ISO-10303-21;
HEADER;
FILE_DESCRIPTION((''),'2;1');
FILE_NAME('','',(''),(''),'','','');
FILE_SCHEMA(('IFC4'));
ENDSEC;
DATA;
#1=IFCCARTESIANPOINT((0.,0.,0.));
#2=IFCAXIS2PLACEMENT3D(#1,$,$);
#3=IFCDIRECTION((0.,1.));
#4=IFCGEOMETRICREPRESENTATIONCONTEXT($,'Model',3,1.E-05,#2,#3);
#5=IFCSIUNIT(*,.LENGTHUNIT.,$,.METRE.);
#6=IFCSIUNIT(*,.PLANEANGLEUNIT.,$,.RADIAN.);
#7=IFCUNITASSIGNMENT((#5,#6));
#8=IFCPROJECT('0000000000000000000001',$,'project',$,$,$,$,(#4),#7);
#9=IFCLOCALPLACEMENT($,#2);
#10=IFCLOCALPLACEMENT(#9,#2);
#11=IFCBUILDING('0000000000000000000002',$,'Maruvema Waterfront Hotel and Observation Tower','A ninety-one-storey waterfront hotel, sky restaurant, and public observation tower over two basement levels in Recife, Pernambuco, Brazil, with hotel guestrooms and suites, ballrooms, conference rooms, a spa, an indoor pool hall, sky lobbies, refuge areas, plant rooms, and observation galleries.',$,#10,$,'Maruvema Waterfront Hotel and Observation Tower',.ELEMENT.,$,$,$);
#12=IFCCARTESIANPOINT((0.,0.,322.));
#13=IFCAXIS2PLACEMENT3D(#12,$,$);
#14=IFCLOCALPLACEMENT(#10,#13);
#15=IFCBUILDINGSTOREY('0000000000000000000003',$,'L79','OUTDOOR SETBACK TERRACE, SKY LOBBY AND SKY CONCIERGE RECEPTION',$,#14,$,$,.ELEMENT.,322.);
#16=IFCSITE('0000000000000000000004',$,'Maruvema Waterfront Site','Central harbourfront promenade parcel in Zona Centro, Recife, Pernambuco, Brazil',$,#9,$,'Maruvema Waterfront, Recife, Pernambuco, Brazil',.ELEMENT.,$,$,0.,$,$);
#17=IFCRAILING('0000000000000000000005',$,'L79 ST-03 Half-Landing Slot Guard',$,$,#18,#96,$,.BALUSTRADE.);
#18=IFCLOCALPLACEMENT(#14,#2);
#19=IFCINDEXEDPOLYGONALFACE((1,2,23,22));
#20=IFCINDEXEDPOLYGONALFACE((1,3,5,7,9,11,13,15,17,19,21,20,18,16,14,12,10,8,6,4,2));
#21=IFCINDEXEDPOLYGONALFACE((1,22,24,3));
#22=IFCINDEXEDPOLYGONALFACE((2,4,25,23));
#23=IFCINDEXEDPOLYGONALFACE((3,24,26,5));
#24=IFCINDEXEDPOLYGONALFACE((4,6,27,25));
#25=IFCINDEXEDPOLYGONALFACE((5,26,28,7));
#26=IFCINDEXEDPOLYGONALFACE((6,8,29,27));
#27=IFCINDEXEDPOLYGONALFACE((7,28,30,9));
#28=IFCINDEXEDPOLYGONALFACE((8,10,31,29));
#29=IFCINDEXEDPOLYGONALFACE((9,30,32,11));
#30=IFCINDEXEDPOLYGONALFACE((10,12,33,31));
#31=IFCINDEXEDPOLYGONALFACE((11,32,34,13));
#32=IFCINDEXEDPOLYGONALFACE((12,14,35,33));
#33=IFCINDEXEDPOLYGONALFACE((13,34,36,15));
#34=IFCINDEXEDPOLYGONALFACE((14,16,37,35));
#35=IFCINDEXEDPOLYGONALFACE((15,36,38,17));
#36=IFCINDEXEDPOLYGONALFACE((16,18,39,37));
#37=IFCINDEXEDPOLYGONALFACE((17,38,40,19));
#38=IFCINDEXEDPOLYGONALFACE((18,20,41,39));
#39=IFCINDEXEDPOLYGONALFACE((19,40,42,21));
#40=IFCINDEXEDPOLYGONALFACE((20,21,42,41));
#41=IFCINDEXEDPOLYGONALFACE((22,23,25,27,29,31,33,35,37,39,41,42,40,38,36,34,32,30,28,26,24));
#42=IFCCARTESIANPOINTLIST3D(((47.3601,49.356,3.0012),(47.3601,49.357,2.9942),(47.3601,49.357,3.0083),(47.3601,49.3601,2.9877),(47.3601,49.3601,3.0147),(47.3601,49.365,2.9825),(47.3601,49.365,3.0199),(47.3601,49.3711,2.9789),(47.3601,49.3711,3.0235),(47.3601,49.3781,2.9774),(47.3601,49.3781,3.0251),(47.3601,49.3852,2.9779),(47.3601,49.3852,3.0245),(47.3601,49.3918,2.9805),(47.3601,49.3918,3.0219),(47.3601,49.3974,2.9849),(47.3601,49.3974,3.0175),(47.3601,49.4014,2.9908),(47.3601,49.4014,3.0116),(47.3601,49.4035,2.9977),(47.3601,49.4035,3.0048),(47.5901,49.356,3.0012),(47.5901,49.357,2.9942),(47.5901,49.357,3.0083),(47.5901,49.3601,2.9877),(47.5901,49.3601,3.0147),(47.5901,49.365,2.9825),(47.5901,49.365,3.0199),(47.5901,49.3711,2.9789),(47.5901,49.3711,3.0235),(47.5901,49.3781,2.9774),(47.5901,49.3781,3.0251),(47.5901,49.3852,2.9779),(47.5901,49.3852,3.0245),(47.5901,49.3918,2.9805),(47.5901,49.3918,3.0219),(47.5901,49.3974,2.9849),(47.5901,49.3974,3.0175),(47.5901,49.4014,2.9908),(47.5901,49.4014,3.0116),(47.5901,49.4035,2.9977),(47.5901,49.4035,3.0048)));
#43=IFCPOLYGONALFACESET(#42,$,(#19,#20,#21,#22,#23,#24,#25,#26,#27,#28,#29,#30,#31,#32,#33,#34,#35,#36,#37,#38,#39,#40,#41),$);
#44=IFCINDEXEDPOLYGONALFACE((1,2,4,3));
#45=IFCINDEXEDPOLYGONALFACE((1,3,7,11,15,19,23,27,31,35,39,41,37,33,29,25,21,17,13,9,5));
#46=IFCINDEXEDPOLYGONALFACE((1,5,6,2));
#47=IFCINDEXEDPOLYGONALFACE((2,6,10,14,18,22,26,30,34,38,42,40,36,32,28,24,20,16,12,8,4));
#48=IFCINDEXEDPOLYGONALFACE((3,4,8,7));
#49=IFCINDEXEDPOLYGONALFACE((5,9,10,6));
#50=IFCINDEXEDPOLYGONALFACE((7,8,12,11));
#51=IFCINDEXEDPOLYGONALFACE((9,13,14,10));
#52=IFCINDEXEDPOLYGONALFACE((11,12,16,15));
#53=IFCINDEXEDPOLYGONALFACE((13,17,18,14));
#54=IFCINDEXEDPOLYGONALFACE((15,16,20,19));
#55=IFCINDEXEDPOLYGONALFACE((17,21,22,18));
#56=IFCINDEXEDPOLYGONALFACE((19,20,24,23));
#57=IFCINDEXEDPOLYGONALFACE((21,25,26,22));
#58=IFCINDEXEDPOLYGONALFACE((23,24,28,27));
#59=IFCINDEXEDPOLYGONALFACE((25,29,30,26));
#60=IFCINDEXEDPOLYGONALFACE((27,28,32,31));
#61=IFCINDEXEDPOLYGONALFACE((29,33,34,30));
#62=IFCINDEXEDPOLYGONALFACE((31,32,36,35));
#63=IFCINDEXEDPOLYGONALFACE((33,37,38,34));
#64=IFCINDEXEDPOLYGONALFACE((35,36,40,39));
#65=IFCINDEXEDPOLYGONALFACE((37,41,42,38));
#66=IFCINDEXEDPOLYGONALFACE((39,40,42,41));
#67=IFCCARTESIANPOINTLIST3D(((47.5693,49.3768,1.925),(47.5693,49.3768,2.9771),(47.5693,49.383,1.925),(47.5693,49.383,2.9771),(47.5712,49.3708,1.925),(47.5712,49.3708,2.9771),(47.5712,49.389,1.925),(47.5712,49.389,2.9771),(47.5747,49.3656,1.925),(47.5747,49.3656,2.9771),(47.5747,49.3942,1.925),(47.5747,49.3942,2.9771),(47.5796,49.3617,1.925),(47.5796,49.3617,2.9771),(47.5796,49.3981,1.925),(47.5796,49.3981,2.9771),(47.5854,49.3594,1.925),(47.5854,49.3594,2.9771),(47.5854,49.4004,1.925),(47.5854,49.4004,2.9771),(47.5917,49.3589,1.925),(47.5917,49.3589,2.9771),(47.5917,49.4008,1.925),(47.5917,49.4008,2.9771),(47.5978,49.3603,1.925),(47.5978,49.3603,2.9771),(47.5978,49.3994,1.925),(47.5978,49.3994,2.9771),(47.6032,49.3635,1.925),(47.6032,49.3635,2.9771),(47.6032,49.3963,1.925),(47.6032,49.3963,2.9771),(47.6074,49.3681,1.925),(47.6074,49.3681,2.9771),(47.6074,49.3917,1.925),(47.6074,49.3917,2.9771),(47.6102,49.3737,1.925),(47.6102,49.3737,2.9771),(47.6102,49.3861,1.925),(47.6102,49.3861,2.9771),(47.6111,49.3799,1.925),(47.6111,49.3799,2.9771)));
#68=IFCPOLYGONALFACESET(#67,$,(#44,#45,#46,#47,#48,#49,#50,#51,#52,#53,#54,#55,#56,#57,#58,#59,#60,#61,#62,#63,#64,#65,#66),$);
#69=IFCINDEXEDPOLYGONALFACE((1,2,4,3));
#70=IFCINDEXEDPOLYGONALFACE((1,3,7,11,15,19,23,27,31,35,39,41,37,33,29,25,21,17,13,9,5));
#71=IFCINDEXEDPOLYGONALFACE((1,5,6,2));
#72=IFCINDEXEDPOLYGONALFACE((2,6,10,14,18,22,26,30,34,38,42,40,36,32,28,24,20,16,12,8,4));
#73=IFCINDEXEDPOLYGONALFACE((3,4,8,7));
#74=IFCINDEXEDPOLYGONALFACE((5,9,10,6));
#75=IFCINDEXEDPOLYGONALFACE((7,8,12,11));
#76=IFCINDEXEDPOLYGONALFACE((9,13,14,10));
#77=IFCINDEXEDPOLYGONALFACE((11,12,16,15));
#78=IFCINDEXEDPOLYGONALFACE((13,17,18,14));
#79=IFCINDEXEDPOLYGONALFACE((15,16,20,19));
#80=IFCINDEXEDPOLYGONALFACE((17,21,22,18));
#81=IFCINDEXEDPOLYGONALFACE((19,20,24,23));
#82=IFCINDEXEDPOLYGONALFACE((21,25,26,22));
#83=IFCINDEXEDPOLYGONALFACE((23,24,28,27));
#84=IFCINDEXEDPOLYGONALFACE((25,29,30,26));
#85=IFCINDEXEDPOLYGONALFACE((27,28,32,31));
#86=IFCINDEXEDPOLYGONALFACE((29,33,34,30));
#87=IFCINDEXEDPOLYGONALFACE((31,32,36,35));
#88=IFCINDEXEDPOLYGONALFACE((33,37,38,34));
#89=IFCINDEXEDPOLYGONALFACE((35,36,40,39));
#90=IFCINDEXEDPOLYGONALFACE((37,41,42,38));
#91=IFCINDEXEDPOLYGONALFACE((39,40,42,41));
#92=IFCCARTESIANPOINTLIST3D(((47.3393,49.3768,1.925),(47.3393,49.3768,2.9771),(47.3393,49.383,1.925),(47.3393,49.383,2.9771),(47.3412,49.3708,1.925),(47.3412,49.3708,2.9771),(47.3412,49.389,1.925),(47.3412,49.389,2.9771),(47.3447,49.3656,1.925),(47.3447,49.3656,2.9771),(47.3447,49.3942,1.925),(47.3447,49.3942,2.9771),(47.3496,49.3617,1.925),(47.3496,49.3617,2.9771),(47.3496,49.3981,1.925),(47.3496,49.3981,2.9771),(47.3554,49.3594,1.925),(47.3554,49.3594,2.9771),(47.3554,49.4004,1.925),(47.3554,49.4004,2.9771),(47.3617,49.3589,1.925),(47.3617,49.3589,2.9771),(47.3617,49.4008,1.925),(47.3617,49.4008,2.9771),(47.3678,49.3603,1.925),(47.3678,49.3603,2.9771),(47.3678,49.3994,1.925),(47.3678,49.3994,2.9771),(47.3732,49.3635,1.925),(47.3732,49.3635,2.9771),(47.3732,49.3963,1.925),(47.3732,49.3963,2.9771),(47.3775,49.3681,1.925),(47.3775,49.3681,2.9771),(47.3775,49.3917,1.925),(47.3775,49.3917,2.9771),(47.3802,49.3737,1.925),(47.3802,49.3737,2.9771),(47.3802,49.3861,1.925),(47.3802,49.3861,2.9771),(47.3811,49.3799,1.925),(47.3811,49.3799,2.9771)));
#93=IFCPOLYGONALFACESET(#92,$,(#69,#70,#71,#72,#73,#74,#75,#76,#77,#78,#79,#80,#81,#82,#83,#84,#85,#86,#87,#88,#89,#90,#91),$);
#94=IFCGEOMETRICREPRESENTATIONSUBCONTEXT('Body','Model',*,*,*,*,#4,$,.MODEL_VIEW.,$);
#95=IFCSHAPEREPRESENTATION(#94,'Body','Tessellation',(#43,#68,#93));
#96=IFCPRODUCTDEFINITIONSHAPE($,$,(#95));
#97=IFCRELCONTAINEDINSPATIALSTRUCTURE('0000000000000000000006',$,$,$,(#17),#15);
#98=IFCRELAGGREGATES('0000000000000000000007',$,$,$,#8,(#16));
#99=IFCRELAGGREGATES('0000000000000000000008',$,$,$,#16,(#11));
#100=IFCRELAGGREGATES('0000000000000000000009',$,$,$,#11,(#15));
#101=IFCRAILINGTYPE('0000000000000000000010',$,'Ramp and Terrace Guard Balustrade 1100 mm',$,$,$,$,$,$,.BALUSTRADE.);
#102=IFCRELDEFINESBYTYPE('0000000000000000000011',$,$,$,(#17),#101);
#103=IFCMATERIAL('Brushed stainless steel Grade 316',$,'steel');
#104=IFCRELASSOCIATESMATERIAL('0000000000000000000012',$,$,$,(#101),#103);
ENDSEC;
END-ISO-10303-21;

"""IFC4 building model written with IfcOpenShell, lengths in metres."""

from ifc_helpers import new_model, si_unit, direction, frame, origin, origin_2d, place, context, subcontext, project, spatial, circle, extrude, material, type_object, element, save


model = new_model("IFC4")

# Units and contexts
model_context = context("Model", 3, precision=1e-05, world=origin(), true_north=direction((0.0, 1.0)))
body_context = subcontext(model_context, "Body", "Model", "MODEL_VIEW")
ifc_project = project(units=[si_unit("LENGTHUNIT", "METRE"), si_unit("PLANEANGLEUNIT", "RADIAN")], contexts=[model_context])

# Site, building, storey
site_placement = place(None, origin())
site = spatial("IfcSite", under=ifc_project, at=site_placement, Name="Maruvema Waterfront Site", Description="Central harbourfront promenade parcel in Zona Centro, Recife, Pernambuco, Brazil", LongName="Maruvema Waterfront, Recife, Pernambuco, Brazil", CompositionType="ELEMENT", RefElevation=0.0)
building_placement = place(site_placement, origin())
building = spatial("IfcBuilding", under=site, at=building_placement, Name="Maruvema Waterfront Hotel and Observation Tower", Description="A ninety-one-storey waterfront hotel, sky restaurant, and public observation tower over two basement levels in Recife, Pernambuco, Brazil, with hotel guestrooms and suites, ballrooms, conference rooms, a spa, an indoor pool hall, sky lobbies, refuge areas, plant rooms, and observation galleries.", LongName="Maruvema Waterfront Hotel and Observation Tower", CompositionType="ELEMENT")
storey_placement = place(building_placement, frame((0.0, 0.0, 322.0)))
storey = spatial("IfcBuildingStorey", under=building, at=storey_placement, Name="L79", Description="OUTDOOR SETBACK TERRACE, SKY LOBBY AND SKY CONCIERGE RECEPTION", CompositionType="ELEMENT", Elevation=322.0)

# Railing
ifc_material_1 = material(Name="Brushed stainless steel Grade 316", Category="steel")
railing_type_1 = type_object("IfcRailingType", Name="Ramp and Terrace Guard Balustrade 1100 mm", PredefinedType="BALUSTRADE", material=ifc_material_1)
railing_1_placement = place(storey_placement, frame((47.5901, 49.3799, 1.925)))
element("IfcRailing", 1, at=railing_1_placement, inside=storey, type_object=railing_type_1, Name="L79 ST-03 Half-Landing Slot Guard", PredefinedType="BALUSTRADE", context=body_context, shape_type="SweptSolid", body=[
    extrude(circle(Radius=0.0239, at=origin_2d()), frame((0.0, 0.0, 1.0762), z_axis=(-1.0, 0.0, 0.0), x_axis=(0.0, -1.0, 0.0)), (0.0, 0.0, 1.0), 0.23),
    extrude(circle(Radius=0.021, at=origin_2d()), origin(), (0.0, 0.0, 1.0), 1.052),
    extrude(circle(Radius=0.021, at=origin_2d()), frame((-0.23, 0.0, 0.0)), (0.0, 0.0, 1.0), 1.052),
])

save(model, "model.ifc")
